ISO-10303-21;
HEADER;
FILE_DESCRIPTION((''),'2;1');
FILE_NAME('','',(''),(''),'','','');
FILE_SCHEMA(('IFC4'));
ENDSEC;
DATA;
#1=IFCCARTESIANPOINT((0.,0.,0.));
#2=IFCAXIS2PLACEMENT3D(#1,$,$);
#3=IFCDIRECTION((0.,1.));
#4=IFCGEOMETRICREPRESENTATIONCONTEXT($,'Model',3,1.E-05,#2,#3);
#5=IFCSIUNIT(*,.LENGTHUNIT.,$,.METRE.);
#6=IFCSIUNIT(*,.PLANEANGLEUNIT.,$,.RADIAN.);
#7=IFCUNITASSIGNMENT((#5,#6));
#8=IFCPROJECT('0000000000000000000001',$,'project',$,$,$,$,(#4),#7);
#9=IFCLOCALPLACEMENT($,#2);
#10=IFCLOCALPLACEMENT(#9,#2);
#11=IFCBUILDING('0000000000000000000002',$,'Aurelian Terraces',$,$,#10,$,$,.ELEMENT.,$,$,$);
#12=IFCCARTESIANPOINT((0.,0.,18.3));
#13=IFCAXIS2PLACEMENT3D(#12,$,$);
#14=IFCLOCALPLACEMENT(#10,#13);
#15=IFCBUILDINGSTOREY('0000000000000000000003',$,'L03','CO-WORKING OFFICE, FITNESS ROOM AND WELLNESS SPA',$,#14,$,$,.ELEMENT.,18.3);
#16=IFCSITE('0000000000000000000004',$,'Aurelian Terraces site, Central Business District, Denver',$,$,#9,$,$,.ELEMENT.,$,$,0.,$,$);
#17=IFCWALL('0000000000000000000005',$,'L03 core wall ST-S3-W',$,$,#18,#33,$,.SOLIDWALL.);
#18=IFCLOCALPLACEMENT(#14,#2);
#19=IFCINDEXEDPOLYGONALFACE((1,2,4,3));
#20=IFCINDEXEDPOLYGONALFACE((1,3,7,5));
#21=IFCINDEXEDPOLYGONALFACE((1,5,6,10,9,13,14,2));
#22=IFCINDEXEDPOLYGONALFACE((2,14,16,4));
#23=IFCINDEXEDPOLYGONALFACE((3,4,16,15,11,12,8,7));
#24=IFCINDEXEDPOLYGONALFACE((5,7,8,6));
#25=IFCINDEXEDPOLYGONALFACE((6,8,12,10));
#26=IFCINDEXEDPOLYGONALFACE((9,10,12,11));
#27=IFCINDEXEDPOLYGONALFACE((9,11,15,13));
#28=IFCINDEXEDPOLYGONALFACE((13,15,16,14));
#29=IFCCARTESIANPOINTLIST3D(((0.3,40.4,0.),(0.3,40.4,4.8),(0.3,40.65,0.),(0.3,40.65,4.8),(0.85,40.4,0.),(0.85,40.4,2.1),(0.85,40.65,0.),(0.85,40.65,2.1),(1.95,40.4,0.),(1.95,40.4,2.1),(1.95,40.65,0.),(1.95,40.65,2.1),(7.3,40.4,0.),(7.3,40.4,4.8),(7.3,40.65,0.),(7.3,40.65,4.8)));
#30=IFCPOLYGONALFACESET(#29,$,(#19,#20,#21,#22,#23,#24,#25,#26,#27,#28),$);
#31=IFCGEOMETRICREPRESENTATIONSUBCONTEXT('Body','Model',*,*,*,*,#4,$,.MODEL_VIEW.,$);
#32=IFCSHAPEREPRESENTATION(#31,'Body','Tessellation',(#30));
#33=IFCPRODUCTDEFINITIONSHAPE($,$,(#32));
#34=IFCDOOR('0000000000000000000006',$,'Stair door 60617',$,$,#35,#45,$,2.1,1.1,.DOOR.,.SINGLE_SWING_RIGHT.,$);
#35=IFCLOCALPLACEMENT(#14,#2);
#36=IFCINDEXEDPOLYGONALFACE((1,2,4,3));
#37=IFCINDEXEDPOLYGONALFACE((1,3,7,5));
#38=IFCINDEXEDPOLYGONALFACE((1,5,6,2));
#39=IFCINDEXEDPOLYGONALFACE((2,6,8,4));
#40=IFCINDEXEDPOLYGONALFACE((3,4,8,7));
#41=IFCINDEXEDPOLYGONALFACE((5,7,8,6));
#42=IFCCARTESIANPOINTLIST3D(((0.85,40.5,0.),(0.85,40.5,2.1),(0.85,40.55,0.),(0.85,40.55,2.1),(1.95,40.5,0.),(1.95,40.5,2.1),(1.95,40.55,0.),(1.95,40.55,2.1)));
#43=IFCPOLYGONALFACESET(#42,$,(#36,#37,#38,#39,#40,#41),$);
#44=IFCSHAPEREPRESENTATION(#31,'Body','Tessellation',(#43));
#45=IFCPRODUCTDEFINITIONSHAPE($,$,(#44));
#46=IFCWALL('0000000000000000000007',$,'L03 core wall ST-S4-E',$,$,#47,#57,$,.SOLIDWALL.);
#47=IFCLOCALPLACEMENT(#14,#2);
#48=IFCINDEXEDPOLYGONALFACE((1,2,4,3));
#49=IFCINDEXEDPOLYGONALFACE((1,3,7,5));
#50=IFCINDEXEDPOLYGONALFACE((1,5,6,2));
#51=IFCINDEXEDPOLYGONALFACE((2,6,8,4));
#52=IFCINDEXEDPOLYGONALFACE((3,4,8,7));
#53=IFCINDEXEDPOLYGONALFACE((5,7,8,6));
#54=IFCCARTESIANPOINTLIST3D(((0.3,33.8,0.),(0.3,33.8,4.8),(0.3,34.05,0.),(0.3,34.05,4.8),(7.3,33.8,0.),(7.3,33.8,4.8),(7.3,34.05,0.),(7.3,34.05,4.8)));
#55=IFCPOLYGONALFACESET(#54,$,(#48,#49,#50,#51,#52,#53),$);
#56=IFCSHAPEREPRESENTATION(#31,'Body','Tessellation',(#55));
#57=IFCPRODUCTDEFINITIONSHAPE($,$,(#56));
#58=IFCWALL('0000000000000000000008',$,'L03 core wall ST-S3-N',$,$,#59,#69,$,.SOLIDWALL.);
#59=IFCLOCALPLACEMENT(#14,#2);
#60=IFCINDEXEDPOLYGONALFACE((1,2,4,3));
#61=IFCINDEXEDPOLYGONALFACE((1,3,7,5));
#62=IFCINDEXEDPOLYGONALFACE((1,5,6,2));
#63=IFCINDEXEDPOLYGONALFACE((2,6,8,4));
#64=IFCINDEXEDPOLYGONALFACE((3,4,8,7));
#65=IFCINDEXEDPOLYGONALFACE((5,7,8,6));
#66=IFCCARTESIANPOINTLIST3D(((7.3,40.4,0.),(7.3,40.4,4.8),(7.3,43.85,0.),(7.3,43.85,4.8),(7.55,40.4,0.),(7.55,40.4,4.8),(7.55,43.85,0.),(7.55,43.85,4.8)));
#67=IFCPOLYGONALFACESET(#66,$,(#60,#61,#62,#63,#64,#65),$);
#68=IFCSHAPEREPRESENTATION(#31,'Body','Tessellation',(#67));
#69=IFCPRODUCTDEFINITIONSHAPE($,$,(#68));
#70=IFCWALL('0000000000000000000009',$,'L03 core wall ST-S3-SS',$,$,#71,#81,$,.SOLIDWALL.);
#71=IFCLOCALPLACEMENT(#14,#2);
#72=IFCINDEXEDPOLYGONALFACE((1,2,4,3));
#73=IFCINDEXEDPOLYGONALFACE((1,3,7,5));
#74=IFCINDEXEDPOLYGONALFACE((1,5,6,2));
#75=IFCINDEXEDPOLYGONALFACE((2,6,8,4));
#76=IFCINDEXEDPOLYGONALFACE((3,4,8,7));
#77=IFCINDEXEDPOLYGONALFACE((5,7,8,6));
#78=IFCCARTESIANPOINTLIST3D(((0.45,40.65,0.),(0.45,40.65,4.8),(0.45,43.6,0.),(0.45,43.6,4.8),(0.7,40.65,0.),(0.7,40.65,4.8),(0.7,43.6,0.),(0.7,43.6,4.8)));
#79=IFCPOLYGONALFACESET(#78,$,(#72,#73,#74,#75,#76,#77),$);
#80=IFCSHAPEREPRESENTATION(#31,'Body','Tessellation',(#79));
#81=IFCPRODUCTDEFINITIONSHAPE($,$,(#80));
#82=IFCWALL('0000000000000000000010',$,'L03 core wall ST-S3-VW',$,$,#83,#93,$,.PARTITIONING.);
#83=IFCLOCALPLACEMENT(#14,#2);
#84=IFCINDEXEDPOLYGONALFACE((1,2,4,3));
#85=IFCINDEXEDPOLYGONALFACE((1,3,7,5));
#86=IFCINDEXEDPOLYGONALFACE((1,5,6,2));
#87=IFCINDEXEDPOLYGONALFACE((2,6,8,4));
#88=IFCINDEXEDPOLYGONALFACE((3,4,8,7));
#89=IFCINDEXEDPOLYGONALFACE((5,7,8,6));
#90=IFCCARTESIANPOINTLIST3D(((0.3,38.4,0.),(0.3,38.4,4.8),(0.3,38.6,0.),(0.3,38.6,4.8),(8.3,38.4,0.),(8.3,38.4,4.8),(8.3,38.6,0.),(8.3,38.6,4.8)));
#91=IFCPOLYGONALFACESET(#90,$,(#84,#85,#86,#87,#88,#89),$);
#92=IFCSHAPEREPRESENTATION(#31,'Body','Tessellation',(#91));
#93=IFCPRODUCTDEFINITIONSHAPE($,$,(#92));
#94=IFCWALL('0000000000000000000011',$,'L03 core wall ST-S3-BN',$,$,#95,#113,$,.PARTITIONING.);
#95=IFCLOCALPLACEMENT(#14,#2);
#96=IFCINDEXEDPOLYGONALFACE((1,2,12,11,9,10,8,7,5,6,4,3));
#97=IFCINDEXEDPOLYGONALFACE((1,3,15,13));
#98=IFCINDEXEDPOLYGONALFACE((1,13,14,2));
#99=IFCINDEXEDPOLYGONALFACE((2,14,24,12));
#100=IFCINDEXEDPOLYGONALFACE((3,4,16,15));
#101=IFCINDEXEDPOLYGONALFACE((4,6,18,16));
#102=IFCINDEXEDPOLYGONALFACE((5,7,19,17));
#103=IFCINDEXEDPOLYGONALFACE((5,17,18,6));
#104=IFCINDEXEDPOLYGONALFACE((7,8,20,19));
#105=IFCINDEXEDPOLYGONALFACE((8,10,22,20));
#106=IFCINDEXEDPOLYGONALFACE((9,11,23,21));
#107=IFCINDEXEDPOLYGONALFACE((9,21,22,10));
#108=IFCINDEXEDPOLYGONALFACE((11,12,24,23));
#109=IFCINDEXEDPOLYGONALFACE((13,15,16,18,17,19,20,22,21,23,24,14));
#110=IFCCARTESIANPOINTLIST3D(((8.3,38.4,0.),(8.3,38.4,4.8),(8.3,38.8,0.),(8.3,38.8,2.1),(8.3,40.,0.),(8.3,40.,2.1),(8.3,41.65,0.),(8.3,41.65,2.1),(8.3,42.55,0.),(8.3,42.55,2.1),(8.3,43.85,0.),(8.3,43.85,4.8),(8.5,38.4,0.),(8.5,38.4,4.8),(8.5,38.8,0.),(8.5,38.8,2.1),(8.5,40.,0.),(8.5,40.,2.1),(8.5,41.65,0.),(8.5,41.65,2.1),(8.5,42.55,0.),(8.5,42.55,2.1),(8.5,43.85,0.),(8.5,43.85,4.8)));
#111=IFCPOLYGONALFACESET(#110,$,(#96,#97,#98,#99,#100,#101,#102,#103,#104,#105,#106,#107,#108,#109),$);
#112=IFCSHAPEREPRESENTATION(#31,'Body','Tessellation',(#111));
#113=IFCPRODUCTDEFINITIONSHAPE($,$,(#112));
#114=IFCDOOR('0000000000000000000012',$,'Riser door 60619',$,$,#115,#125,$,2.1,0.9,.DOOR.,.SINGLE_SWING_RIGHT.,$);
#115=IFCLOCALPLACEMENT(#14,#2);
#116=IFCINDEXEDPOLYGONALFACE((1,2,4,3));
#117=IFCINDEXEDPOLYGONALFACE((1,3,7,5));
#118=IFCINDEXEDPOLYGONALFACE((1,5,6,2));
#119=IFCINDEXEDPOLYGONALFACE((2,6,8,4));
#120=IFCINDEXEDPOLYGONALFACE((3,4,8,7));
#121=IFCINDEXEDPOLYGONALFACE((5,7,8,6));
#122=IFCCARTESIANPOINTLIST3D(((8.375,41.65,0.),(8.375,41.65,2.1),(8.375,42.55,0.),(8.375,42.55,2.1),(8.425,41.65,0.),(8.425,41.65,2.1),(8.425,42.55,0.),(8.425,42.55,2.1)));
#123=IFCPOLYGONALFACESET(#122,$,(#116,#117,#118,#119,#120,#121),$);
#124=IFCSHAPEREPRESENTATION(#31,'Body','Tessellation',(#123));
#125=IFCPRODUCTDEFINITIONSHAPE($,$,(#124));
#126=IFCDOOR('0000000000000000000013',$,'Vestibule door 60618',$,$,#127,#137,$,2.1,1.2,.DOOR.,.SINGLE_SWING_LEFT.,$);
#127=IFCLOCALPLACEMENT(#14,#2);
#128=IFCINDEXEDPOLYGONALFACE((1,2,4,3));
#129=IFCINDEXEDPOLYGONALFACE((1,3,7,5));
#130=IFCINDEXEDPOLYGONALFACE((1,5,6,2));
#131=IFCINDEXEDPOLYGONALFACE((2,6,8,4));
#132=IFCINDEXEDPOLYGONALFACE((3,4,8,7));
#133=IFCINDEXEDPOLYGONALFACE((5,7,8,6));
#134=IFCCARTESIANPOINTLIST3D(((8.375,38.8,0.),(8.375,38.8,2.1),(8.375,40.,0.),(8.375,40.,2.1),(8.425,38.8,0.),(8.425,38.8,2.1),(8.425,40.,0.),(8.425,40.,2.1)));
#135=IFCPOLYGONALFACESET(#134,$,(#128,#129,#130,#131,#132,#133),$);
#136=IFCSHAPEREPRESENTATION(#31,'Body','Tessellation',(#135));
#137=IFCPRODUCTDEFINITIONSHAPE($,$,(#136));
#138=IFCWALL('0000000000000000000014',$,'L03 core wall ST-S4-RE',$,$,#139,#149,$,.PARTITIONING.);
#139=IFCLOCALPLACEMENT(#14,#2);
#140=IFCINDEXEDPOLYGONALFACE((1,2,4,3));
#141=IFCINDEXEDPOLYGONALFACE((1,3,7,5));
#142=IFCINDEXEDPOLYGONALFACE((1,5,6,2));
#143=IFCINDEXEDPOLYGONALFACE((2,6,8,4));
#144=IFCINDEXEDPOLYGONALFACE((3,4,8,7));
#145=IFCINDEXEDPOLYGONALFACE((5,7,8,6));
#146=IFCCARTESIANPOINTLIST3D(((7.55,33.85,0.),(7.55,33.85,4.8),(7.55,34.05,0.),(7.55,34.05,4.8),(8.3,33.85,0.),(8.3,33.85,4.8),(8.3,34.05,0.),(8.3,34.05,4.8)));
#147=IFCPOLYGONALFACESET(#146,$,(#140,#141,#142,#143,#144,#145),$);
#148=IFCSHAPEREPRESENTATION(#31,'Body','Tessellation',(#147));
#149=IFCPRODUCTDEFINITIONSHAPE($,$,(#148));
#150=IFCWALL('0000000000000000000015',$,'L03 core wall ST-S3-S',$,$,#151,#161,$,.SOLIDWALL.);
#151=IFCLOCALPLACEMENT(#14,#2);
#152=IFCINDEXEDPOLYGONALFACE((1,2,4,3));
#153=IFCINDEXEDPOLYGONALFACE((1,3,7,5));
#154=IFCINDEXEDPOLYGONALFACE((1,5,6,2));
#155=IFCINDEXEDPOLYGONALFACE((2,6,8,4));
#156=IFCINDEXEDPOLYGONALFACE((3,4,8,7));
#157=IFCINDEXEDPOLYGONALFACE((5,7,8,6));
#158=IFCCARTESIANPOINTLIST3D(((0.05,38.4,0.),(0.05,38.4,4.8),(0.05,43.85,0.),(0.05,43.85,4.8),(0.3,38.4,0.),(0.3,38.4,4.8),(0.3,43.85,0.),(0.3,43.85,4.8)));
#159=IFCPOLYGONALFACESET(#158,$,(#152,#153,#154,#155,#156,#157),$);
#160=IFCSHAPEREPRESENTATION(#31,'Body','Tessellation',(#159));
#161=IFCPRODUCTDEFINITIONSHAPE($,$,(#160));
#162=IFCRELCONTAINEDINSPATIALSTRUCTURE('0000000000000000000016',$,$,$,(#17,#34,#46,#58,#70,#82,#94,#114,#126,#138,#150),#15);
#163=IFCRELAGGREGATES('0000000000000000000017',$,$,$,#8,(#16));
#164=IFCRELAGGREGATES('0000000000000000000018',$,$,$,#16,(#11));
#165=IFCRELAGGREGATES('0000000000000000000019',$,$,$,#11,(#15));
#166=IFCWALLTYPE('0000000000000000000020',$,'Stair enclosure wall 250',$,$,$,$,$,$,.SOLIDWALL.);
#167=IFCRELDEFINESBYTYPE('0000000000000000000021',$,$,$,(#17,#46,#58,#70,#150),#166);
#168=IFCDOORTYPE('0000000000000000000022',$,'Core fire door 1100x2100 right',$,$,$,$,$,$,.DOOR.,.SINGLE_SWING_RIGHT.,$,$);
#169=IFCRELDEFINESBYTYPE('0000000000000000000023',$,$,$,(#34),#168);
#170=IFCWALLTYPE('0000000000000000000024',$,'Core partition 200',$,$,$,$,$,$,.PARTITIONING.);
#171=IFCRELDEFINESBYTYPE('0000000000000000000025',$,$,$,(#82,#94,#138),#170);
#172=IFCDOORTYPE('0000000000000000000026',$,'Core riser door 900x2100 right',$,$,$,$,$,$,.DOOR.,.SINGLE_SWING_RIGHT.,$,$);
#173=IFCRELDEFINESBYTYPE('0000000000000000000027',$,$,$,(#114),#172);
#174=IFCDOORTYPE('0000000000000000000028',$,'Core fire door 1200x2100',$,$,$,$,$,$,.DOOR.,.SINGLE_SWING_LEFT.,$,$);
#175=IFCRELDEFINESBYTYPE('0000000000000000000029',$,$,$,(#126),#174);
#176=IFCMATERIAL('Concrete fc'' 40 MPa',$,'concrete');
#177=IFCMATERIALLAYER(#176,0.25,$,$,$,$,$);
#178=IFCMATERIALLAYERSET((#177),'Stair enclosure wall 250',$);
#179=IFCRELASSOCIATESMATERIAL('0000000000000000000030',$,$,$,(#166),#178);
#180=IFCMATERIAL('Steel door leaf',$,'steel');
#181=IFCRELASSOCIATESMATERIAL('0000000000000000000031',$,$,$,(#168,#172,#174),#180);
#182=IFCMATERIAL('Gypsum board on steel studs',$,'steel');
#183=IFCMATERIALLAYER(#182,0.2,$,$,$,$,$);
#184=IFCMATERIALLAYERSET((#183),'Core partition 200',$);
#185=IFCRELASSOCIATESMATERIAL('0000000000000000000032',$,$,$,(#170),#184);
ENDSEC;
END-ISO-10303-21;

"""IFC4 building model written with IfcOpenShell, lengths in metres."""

from ifc_helpers import new_model, si_unit, direction, frame, frame_2d, origin, place, context, subcontext, project, spatial, rectangle, extrude, source, transform, mapped, material, layer, layer_set, type_object, element, fill, save


model = new_model("IFC4")

# Units and contexts
model_context = context("Model", 3, precision=1e-05, world=origin(), true_north=direction((0.0, 1.0)))
body_context = subcontext(model_context, "Body", "Model", "MODEL_VIEW")
ifc_project = project(units=[si_unit("LENGTHUNIT", "METRE"), si_unit("PLANEANGLEUNIT", "RADIAN")], contexts=[model_context])

# Site, building, storey
site_placement = place(None, origin())
site = spatial("IfcSite", under=ifc_project, at=site_placement, Name="Aurelian Terraces site, Central Business District, Denver", CompositionType="ELEMENT", RefElevation=0.0)
building_placement = place(site_placement, origin())
building = spatial("IfcBuilding", under=site, at=building_placement, Name="Aurelian Terraces", CompositionType="ELEMENT")
storey_placement = place(building_placement, frame((0.0, 0.0, 18.3)))
storey = spatial("IfcBuildingStorey", under=building, at=storey_placement, Name="L03", Description="CO-WORKING OFFICE, FITNESS ROOM AND WELLNESS SPA", CompositionType="ELEMENT", Elevation=18.3)

# Wall, opening, door
ifc_material_1 = material(Name="Concrete fc' 40 MPa", Category="concrete")
ifc_layer_1 = layer(ifc_material_1, 0.25)
ifc_layer_set_1 = layer_set([ifc_layer_1], Name="Stair enclosure wall 250")
wall_type_1 = type_object("IfcWallType", Name="Stair enclosure wall 250", PredefinedType="SOLIDWALL", material=ifc_layer_set_1)
shared_shape_1 = source(origin(), body_context, "Body", "SweptSolid", [
    extrude(rectangle(XDim=7.0, YDim=0.25, at=frame_2d((3.5, 0.0))), origin(), (0.0, 0.0, 1.0), 4.8),
])
wall_1_placement = place(storey_placement, frame((0.3, 40.525, 0.0), z_axis=(0.0, 0.0, 1.0), x_axis=(1.0, 0.0, 0.0)))
wall_1 = element("IfcWall", 1, at=wall_1_placement, inside=storey, type_object=wall_type_1, Name="L03 core wall ST-S3-W", PredefinedType="SOLIDWALL", context=body_context, shape_type="MappedRepresentation", body=[
    mapped(shared_shape_1, transform((0.0, 0.0, 0.0), scale=1.0)),
])
shared_shape_2 = source(origin(), body_context, "Body", "SweptSolid", [
    extrude(rectangle(XDim=1.1, YDim=2.1, at=frame_2d((0.55, 1.05))), frame((0.0, 0.135, 0.0), z_axis=(0.0, -1.0, 0.0), x_axis=(1.0, 0.0, 0.0)), (0.0, 0.0, 1.0), 0.27),
])
opening_1_placement = place(wall_1_placement, frame((0.55, 0.0, 0.0)))
opening_1 = element("IfcOpeningElement", 2, at=opening_1_placement, cuts=wall_1, PredefinedType="OPENING", context=body_context, shape_type="MappedRepresentation", body=[
    mapped(shared_shape_2, transform((0.0, 0.0, 0.0), scale=1.0)),
])
ifc_material_2 = material(Name="Steel door leaf", Category="steel")
door_type_1 = type_object("IfcDoorType", Name="Core fire door 1100x2100 right", OperationType="SINGLE_SWING_RIGHT", PredefinedType="DOOR", material=ifc_material_2)
shared_shape_3 = source(origin(), body_context, "Body", "SweptSolid", [
    extrude(rectangle(XDim=1.1, YDim=2.1, at=frame_2d((0.55, 1.05))), frame((0.0, 0.025, 0.0), z_axis=(0.0, -1.0, 0.0), x_axis=(1.0, 0.0, 0.0)), (0.0, 0.0, 1.0), 0.05),
])
door_1_placement = place(opening_1_placement, origin())
door_1 = element("IfcDoor", 3, at=door_1_placement, inside=storey, type_object=door_type_1, Name="Stair door 60617", OperationType="SINGLE_SWING_RIGHT", OverallHeight=2.1, OverallWidth=1.1, PredefinedType="DOOR", context=body_context, shape_type="MappedRepresentation", body=[
    mapped(shared_shape_3, transform((0.0, 0.0, 0.0), scale=1.0)),
])
fill(opening_1, door_1)

# Walls
wall_2_placement = place(storey_placement, frame((0.3, 33.925, 0.0), z_axis=(0.0, 0.0, 1.0), x_axis=(1.0, 0.0, 0.0)))
element("IfcWall", 4, at=wall_2_placement, inside=storey, type_object=wall_type_1, Name="L03 core wall ST-S4-E", PredefinedType="SOLIDWALL", context=body_context, shape_type="MappedRepresentation", body=[
    mapped(shared_shape_1, transform((0.0, 0.0, 0.0), scale=1.0)),
])
shared_shape_4 = source(origin(), body_context, "Body", "SweptSolid", [
    extrude(rectangle(XDim=3.45, YDim=0.25, at=frame_2d((1.725, 0.0))), origin(), (0.0, 0.0, 1.0), 4.8),
])
wall_3_placement = place(storey_placement, frame((7.425, 40.4, 0.0), z_axis=(0.0, 0.0, 1.0), x_axis=(0.0, 1.0, 0.0)))
element("IfcWall", 5, at=wall_3_placement, inside=storey, type_object=wall_type_1, Name="L03 core wall ST-S3-N", PredefinedType="SOLIDWALL", context=body_context, shape_type="MappedRepresentation", body=[
    mapped(shared_shape_4, transform((0.0, 0.0, 0.0), scale=1.0)),
])
shared_shape_5 = source(origin(), body_context, "Body", "SweptSolid", [
    extrude(rectangle(XDim=2.95, YDim=0.25, at=frame_2d((1.475, 0.0))), origin(), (0.0, 0.0, 1.0), 4.8),
])
wall_4_placement = place(storey_placement, frame((0.575, 40.65, 0.0), z_axis=(0.0, 0.0, 1.0), x_axis=(0.0, 1.0, 0.0)))
element("IfcWall", 6, at=wall_4_placement, inside=storey, type_object=wall_type_1, Name="L03 core wall ST-S3-SS", PredefinedType="SOLIDWALL", context=body_context, shape_type="MappedRepresentation", body=[
    mapped(shared_shape_5, transform((0.0, 0.0, 0.0), scale=1.0)),
])
ifc_material_3 = material(Name="Gypsum board on steel studs", Category="steel")
ifc_layer_2 = layer(ifc_material_3, 0.2)
ifc_layer_set_2 = layer_set([ifc_layer_2], Name="Core partition 200")
wall_type_2 = type_object("IfcWallType", Name="Core partition 200", PredefinedType="PARTITIONING", material=ifc_layer_set_2)
shared_shape_6 = source(origin(), body_context, "Body", "SweptSolid", [
    extrude(rectangle(XDim=8.0, YDim=0.2, at=frame_2d((4.0, 0.0))), origin(), (0.0, 0.0, 1.0), 4.8),
])
wall_5_placement = place(storey_placement, frame((0.3, 38.5, 0.0), z_axis=(0.0, 0.0, 1.0), x_axis=(1.0, 0.0, 0.0)))
element("IfcWall", 7, at=wall_5_placement, inside=storey, type_object=wall_type_2, Name="L03 core wall ST-S3-VW", PredefinedType="PARTITIONING", context=body_context, shape_type="MappedRepresentation", body=[
    mapped(shared_shape_6, transform((0.0, 0.0, 0.0), scale=1.0)),
])

# Wall, openings, doors
shared_shape_7 = source(origin(), body_context, "Body", "SweptSolid", [
    extrude(rectangle(XDim=5.45, YDim=0.2, at=frame_2d((2.725, 0.0))), origin(), (0.0, 0.0, 1.0), 4.8),
])
wall_6_placement = place(storey_placement, frame((8.4, 38.4, 0.0), z_axis=(0.0, 0.0, 1.0), x_axis=(0.0, 1.0, 0.0)))
wall_6 = element("IfcWall", 8, at=wall_6_placement, inside=storey, type_object=wall_type_2, Name="L03 core wall ST-S3-BN", PredefinedType="PARTITIONING", context=body_context, shape_type="MappedRepresentation", body=[
    mapped(shared_shape_7, transform((0.0, 0.0, 0.0), scale=1.0)),
])
shared_shape_8 = source(origin(), body_context, "Body", "SweptSolid", [
    extrude(rectangle(XDim=1.2, YDim=2.1, at=frame_2d((0.6, 1.05))), frame((0.0, 0.11, 0.0), z_axis=(0.0, -1.0, 0.0), x_axis=(1.0, 0.0, 0.0)), (0.0, 0.0, 1.0), 0.22),
])
opening_2_placement = place(wall_6_placement, frame((0.4, 0.0, 0.0)))
opening_2 = element("IfcOpeningElement", 9, at=opening_2_placement, cuts=wall_6, PredefinedType="OPENING", context=body_context, shape_type="MappedRepresentation", body=[
    mapped(shared_shape_8, transform((0.0, 0.0, 0.0), scale=1.0)),
])
shared_shape_9 = source(origin(), body_context, "Body", "SweptSolid", [
    extrude(rectangle(XDim=0.9, YDim=2.1, at=frame_2d((0.45, 1.05))), frame((0.0, 0.11, 0.0), z_axis=(0.0, -1.0, 0.0), x_axis=(1.0, 0.0, 0.0)), (0.0, 0.0, 1.0), 0.22),
])
opening_3_placement = place(wall_6_placement, frame((3.25, 0.0, 0.0)))
opening_3 = element("IfcOpeningElement", 10, at=opening_3_placement, cuts=wall_6, PredefinedType="OPENING", context=body_context, shape_type="MappedRepresentation", body=[
    mapped(shared_shape_9, transform((0.0, 0.0, 0.0), scale=1.0)),
])
door_type_2 = type_object("IfcDoorType", Name="Core riser door 900x2100 right", OperationType="SINGLE_SWING_RIGHT", PredefinedType="DOOR", material=ifc_material_2)
shared_shape_10 = source(origin(), body_context, "Body", "SweptSolid", [
    extrude(rectangle(XDim=0.9, YDim=2.1, at=frame_2d((0.45, 1.05))), frame((0.0, 0.025, 0.0), z_axis=(0.0, -1.0, 0.0), x_axis=(1.0, 0.0, 0.0)), (0.0, 0.0, 1.0), 0.05),
])
door_2_placement = place(opening_3_placement, origin())
door_2 = element("IfcDoor", 11, at=door_2_placement, inside=storey, type_object=door_type_2, Name="Riser door 60619", OperationType="SINGLE_SWING_RIGHT", OverallHeight=2.1, OverallWidth=0.9, PredefinedType="DOOR", context=body_context, shape_type="MappedRepresentation", body=[
    mapped(shared_shape_10, transform((0.0, 0.0, 0.0), scale=1.0)),
])
fill(opening_3, door_2)
door_type_3 = type_object("IfcDoorType", Name="Core fire door 1200x2100", OperationType="SINGLE_SWING_LEFT", PredefinedType="DOOR", material=ifc_material_2)
shared_shape_11 = source(origin(), body_context, "Body", "SweptSolid", [
    extrude(rectangle(XDim=1.2, YDim=2.1, at=frame_2d((0.6, 1.05))), frame((0.0, 0.025, 0.0), z_axis=(0.0, -1.0, 0.0), x_axis=(1.0, 0.0, 0.0)), (0.0, 0.0, 1.0), 0.05),
])
door_3_placement = place(opening_2_placement, origin())
door_3 = element("IfcDoor", 12, at=door_3_placement, inside=storey, type_object=door_type_3, Name="Vestibule door 60618", OperationType="SINGLE_SWING_LEFT", OverallHeight=2.1, OverallWidth=1.2, PredefinedType="DOOR", context=body_context, shape_type="MappedRepresentation", body=[
    mapped(shared_shape_11, transform((0.0, 0.0, 0.0), scale=1.0)),
])
fill(opening_2, door_3)

# Walls
shared_shape_12 = source(origin(), body_context, "Body", "SweptSolid", [
    extrude(rectangle(XDim=0.75, YDim=0.2, at=frame_2d((0.375, 0.0))), origin(), (0.0, 0.0, 1.0), 4.8),
])
wall_7_placement = place(storey_placement, frame((7.55, 33.95, 0.0), z_axis=(0.0, 0.0, 1.0), x_axis=(1.0, 0.0, 0.0)))
element("IfcWall", 13, at=wall_7_placement, inside=storey, type_object=wall_type_2, Name="L03 core wall ST-S4-RE", PredefinedType="PARTITIONING", context=body_context, shape_type="MappedRepresentation", body=[
    mapped(shared_shape_12, transform((0.0, 0.0, 0.0), scale=1.0)),
])
shared_shape_13 = source(origin(), body_context, "Body", "SweptSolid", [
    extrude(rectangle(XDim=5.45, YDim=0.25, at=frame_2d((2.725, 0.0))), origin(), (0.0, 0.0, 1.0), 4.8),
])
wall_8_placement = place(storey_placement, frame((0.175, 38.4, 0.0), z_axis=(0.0, 0.0, 1.0), x_axis=(0.0, 1.0, 0.0)))
element("IfcWall", 14, at=wall_8_placement, inside=storey, type_object=wall_type_1, Name="L03 core wall ST-S3-S", PredefinedType="SOLIDWALL", context=body_context, shape_type="MappedRepresentation", body=[
    mapped(shared_shape_13, transform((0.0, 0.0, 0.0), scale=1.0)),
])

save(model, "model.ifc")
